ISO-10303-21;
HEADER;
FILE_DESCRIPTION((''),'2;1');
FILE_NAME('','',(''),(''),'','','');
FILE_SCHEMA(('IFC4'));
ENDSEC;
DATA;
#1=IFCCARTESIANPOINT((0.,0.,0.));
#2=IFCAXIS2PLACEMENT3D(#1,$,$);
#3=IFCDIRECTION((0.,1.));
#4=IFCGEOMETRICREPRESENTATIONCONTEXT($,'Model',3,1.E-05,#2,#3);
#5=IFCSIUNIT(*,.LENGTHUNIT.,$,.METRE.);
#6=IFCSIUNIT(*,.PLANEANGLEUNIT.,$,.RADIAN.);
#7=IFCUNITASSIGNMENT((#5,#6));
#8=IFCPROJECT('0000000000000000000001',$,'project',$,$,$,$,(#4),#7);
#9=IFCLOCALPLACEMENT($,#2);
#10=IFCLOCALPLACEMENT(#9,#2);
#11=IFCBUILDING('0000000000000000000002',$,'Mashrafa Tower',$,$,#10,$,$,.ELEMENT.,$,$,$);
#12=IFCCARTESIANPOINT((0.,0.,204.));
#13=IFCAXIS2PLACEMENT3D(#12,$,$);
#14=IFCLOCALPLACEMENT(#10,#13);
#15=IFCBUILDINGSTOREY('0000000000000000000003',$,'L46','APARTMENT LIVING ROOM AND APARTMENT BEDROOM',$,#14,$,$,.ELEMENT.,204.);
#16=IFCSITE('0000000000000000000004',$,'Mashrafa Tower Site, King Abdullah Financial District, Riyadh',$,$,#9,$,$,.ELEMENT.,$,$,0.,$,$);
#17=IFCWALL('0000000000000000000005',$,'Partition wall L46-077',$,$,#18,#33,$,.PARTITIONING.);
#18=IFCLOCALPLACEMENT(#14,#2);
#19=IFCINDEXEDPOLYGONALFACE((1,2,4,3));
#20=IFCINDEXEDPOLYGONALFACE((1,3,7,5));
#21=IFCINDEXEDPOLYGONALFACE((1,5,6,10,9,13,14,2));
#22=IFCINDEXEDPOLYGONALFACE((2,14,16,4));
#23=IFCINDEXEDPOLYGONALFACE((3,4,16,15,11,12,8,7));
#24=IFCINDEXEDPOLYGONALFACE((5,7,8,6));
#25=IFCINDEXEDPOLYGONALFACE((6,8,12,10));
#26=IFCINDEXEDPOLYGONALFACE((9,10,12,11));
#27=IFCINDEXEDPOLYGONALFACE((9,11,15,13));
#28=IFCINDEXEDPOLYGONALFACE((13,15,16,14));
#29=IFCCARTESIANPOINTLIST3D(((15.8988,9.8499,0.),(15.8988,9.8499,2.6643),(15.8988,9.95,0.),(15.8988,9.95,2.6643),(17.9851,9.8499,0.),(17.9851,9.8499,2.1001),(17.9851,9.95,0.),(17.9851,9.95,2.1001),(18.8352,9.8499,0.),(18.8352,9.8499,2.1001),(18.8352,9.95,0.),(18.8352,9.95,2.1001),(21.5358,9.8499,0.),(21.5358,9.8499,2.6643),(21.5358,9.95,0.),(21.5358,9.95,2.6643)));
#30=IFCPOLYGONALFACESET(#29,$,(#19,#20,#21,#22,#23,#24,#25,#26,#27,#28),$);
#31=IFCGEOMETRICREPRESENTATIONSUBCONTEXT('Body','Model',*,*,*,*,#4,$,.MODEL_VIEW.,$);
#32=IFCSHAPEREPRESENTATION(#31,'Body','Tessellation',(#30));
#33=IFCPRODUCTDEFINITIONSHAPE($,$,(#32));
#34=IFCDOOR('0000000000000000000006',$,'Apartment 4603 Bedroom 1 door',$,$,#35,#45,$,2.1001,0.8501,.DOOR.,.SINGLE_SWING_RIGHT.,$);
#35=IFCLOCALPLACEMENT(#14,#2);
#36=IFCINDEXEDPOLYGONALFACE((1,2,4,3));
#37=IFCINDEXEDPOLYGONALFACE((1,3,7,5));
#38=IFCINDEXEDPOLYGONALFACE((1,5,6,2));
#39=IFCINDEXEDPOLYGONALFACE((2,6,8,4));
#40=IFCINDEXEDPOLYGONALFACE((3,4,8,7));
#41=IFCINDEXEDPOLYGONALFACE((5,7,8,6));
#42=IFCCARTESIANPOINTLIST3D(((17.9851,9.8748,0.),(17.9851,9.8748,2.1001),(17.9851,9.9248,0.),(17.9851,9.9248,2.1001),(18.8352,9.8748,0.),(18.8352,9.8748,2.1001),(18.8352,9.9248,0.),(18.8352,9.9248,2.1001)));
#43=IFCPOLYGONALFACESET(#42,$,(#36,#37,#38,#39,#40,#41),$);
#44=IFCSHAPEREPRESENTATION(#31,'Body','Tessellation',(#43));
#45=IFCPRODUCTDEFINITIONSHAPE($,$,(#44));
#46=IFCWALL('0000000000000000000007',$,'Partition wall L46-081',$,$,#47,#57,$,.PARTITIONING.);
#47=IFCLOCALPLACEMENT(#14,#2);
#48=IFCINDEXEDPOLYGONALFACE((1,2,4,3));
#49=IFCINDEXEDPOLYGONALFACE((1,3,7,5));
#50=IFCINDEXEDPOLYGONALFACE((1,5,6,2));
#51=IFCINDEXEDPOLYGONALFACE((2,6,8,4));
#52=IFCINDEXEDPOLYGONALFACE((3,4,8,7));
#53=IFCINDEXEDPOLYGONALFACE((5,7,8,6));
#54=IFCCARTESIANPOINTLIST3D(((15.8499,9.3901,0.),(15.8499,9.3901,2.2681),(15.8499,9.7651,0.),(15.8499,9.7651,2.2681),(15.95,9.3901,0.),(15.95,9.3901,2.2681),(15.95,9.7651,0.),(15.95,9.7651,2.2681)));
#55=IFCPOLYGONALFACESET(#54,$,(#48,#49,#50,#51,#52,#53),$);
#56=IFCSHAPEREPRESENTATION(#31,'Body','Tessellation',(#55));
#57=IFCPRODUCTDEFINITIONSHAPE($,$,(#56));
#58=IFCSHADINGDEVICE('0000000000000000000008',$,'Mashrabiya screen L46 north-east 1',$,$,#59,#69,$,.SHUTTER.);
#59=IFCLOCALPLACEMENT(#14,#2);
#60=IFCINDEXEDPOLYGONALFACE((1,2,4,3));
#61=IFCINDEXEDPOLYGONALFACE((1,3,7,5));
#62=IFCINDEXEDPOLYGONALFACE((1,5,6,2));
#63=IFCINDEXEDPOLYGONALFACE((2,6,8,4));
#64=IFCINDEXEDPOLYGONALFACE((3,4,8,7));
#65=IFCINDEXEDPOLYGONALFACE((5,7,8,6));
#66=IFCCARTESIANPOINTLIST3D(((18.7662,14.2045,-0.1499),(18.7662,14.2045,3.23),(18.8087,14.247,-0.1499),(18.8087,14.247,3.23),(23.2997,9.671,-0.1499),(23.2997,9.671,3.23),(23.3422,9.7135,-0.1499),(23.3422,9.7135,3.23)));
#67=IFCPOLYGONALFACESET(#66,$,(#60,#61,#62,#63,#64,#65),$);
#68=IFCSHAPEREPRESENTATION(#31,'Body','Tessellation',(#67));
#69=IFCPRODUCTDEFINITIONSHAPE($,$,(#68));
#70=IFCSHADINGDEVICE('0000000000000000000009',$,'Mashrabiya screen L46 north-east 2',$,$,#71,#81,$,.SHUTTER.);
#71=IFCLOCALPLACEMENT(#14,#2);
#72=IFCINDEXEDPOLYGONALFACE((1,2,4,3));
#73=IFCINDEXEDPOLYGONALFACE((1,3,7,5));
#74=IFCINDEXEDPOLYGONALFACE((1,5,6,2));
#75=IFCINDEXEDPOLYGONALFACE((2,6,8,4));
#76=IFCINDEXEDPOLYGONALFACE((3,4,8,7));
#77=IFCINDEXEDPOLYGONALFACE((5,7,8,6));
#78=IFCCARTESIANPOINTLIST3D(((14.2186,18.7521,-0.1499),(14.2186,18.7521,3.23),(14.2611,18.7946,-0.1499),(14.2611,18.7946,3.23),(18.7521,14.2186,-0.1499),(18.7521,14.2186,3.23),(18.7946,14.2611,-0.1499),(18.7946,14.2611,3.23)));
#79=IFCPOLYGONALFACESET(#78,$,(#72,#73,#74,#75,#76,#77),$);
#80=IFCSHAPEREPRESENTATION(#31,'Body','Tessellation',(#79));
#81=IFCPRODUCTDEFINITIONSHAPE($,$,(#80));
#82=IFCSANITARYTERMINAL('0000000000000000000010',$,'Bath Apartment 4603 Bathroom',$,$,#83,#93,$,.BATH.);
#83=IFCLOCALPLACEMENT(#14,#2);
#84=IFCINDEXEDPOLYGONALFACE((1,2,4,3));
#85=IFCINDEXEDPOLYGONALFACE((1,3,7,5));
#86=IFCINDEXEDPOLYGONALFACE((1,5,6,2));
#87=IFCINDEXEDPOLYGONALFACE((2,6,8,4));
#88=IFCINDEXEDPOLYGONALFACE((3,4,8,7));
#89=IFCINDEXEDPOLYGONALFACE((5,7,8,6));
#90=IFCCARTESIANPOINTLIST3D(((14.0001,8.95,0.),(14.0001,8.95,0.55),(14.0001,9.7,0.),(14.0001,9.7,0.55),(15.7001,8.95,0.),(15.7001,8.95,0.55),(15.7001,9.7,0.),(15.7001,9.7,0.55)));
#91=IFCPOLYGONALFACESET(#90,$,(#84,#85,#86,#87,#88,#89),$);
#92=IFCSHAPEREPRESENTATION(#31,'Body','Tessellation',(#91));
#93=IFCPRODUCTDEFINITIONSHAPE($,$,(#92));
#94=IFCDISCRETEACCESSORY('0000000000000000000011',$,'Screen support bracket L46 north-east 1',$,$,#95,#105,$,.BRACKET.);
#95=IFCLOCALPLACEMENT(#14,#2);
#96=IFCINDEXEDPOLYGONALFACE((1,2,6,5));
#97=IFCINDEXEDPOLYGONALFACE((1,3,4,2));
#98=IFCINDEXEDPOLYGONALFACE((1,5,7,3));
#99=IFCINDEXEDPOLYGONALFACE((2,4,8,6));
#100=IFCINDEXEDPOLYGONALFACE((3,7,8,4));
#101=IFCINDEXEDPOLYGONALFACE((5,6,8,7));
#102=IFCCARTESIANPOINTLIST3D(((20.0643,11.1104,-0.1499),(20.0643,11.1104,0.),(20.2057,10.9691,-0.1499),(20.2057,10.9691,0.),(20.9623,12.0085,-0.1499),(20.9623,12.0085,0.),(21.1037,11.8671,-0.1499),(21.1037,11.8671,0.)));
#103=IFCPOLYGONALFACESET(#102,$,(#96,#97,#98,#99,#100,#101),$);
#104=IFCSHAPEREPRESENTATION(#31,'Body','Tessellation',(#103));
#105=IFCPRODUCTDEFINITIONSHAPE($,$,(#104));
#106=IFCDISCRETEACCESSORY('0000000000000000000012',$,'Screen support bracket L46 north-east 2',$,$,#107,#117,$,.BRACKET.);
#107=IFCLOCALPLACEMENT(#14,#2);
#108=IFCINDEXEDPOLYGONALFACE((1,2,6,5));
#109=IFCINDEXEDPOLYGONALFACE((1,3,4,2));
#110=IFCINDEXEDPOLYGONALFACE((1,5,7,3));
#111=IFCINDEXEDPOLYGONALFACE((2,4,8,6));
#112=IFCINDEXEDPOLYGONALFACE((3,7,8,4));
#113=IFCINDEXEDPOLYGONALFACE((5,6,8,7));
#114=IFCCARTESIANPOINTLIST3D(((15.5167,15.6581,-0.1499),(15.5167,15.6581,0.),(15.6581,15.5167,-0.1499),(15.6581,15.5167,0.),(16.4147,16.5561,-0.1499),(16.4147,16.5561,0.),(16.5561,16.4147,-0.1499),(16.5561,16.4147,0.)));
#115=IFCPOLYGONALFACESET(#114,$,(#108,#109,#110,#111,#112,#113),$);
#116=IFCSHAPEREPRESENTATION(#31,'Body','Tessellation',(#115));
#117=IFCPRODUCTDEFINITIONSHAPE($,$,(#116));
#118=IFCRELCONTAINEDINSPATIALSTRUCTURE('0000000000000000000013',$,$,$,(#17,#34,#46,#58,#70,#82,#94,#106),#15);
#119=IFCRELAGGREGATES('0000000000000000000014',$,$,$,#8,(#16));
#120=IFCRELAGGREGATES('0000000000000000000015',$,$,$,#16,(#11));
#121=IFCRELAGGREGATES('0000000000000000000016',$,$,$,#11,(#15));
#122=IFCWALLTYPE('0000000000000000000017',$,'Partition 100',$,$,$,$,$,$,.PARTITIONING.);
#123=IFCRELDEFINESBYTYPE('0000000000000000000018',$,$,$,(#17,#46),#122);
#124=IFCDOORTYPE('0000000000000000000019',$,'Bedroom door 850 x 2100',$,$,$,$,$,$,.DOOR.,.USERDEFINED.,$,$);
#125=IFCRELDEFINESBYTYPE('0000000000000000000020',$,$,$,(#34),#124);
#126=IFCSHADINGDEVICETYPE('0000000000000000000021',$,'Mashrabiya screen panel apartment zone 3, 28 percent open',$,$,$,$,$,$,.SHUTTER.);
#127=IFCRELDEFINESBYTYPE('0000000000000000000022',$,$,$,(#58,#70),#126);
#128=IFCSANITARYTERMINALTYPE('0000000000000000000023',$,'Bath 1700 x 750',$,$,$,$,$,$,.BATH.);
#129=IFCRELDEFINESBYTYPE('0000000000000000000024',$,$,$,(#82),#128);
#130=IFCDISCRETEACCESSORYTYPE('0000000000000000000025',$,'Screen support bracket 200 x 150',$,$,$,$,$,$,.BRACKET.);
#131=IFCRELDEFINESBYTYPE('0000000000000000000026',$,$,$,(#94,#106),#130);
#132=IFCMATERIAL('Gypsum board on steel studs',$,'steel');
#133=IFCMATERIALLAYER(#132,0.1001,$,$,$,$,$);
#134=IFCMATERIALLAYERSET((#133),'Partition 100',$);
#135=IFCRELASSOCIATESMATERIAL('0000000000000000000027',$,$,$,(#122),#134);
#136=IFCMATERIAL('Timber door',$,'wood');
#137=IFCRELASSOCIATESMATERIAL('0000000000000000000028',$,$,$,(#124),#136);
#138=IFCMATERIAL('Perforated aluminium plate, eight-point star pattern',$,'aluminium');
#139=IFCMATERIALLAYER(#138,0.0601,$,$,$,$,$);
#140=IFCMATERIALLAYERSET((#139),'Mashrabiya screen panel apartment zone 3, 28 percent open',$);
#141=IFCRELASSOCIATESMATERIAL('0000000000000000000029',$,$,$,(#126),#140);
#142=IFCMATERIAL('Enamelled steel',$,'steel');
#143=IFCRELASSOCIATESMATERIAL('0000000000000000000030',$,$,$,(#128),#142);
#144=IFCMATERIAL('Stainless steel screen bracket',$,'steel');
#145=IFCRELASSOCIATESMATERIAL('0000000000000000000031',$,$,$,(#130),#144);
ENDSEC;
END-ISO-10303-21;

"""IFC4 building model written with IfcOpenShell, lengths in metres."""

from ifc_helpers import new_model, si_unit, direction, frame, frame_2d, origin, origin_2d, place, context, subcontext, project, spatial, rectangle, extrude, source, transform, mapped, material, layer, layer_set, type_object, type_shapes, element, fill, save


model = new_model("IFC4")

# Units and contexts
model_context = context("Model", 3, precision=1e-05, world=origin(), true_north=direction((0.0, 1.0)))
body_context = subcontext(model_context, "Body", "Model", "MODEL_VIEW")
ifc_project = project(units=[si_unit("LENGTHUNIT", "METRE"), si_unit("PLANEANGLEUNIT", "RADIAN")], contexts=[model_context])

# Site, building, storey
site_placement = place(None, origin())
site = spatial("IfcSite", under=ifc_project, at=site_placement, Name="Mashrafa Tower Site, King Abdullah Financial District, Riyadh", CompositionType="ELEMENT", RefElevation=0.0)
building_placement = place(site_placement, origin())
building = spatial("IfcBuilding", under=site, at=building_placement, Name="Mashrafa Tower", CompositionType="ELEMENT")
storey_placement = place(building_placement, frame((0.0, 0.0, 204.0)))
storey = spatial("IfcBuildingStorey", under=building, at=storey_placement, Name="L46", Description="APARTMENT LIVING ROOM AND APARTMENT BEDROOM", CompositionType="ELEMENT", Elevation=204.0)

# Shared definitions
ifc_material_1 = material(Name="Gypsum board on steel studs", Category="steel")
ifc_layer_1 = layer(ifc_material_1, 0.1001)
ifc_layer_set_1 = layer_set([ifc_layer_1], Name="Partition 100")
wall_type_1 = type_object("IfcWallType", Name="Partition 100", PredefinedType="PARTITIONING", material=ifc_layer_set_1)

# Wall, opening, door
wall_1_placement = place(storey_placement, frame((15.8989, 9.8999, 0.0), z_axis=(0.0, 0.0, 1.0), x_axis=(1.0, 0.0, 0.0)))
wall_1 = element("IfcWall", 1, at=wall_1_placement, inside=storey, type_object=wall_type_1, Name="Partition wall L46-077", PredefinedType="PARTITIONING", context=body_context, shape_type="SweptSolid", body=[
    extrude(rectangle(XDim=5.637, YDim=0.1001, at=frame_2d((2.8184, 0.0))), origin(), (0.0, 0.0, 1.0), 2.6643),
])
opening_placement = place(wall_1_placement, frame((2.0862, 0.0, 0.0)))
opening = element("IfcOpeningElement", 2, at=opening_placement, cuts=wall_1, PredefinedType="OPENING", context=body_context, shape_type="SweptSolid", body=[
    extrude(rectangle(XDim=0.8501, YDim=2.1001, at=frame_2d((0.425, 1.05))), frame((0.0, 0.0601, 0.0), z_axis=(0.0, -1.0, 0.0), x_axis=(1.0, 0.0, 0.0)), (0.0, 0.0, 1.0), 0.1201),
])
ifc_material_2 = material(Name="Timber door", Category="wood")
door_type = type_object("IfcDoorType", Name="Bedroom door 850 x 2100", OperationType="USERDEFINED", PredefinedType="DOOR", material=ifc_material_2)
door_placement = place(opening_placement, origin())
door = element("IfcDoor", 3, at=door_placement, inside=storey, type_object=door_type, Name="Apartment 4603 Bedroom 1 door", OperationType="SINGLE_SWING_RIGHT", OverallHeight=2.1001, OverallWidth=0.8501, PredefinedType="DOOR", context=body_context, shape_type="SweptSolid", body=[
    extrude(rectangle(XDim=0.8501, YDim=2.1001, at=frame_2d((0.425, 1.05))), frame((0.0, 0.0249, 0.0), z_axis=(0.0, -1.0, 0.0), x_axis=(1.0, 0.0, 0.0)), (0.0, 0.0, 1.0), 0.05),
])
fill(opening, door)

# Wall
wall_2_placement = place(storey_placement, frame((15.8999, 9.3901, 0.0), z_axis=(0.0, 0.0, 1.0), x_axis=(0.0, 1.0, 0.0)))
element("IfcWall", 4, at=wall_2_placement, inside=storey, type_object=wall_type_1, Name="Partition wall L46-081", PredefinedType="PARTITIONING", context=body_context, shape_type="SweptSolid", body=[
    extrude(rectangle(XDim=0.375, YDim=0.1001, at=frame_2d((0.1875, 0.0))), origin(), (0.0, 0.0, 1.0), 2.2681),
])

# Shading devices
ifc_material_3 = material(Name="Perforated aluminium plate, eight-point star pattern", Category="aluminium")
ifc_layer_2 = layer(ifc_material_3, 0.0601)
ifc_layer_set_2 = layer_set([ifc_layer_2], Name="Mashrabiya screen panel apartment zone 3, 28 percent open")
shading_device_type = type_object("IfcShadingDeviceType", Name="Mashrabiya screen panel apartment zone 3, 28 percent open", PredefinedType="SHUTTER", material=ifc_layer_set_2)
shared_shape_1 = source(origin(), body_context, "Body", "SweptSolid", [
    extrude(rectangle(XDim=6.4114, YDim=0.0601, at=origin_2d()), origin(), (0.0, 0.0, 1.0), 3.3799),
])
type_shapes(shading_device_type, [shared_shape_1])
for number, where, z_axis, x_axis, name in (
    (5, (21.0542, 11.959, -0.1499), (0.0, 0.0, 1.0), (-0.707107, 0.707107, 0.0), "Mashrabiya screen L46 north-east 1"),
    (6, (16.5066, 16.5066, -0.1499), (0.0, 0.0, 1.0), (-0.707107, 0.707107, 0.0), "Mashrabiya screen L46 north-east 2"),
):
    element("IfcShadingDevice", number, at=place(storey_placement, frame(where, z_axis=z_axis, x_axis=x_axis)), inside=storey, type_object=shading_device_type, Name=name, PredefinedType="SHUTTER", context=body_context, shape_type="MappedRepresentation", body=[
        mapped(shared_shape_1, transform((0.0, 0.0, 0.0))),
    ])

# Sanitary terminal
ifc_material_4 = material(Name="Enamelled steel", Category="steel")
sanitary_terminal_type = type_object("IfcSanitaryTerminalType", Name="Bath 1700 x 750", PredefinedType="BATH", material=ifc_material_4)
sanitary_terminal_placement = place(storey_placement, frame((14.8501, 9.325, 0.0), z_axis=(0.0, 0.0, 1.0), x_axis=(-1.0, 0.0, 0.0)))
element("IfcSanitaryTerminal", 7, at=sanitary_terminal_placement, inside=storey, type_object=sanitary_terminal_type, Name="Bath Apartment 4603 Bathroom", PredefinedType="BATH", context=body_context, shape_type="SweptSolid", body=[
    extrude(rectangle(XDim=1.7, YDim=0.75, at=origin_2d()), origin(), (0.0, 0.0, 1.0), 0.55),
])

# Discrete accessories
ifc_material_5 = material(Name="Stainless steel screen bracket", Category="steel")
discrete_accessory_type = type_object("IfcDiscreteAccessoryType", Name="Screen support bracket 200 x 150", PredefinedType="BRACKET", material=ifc_material_5)
shared_shape_2 = source(origin(), body_context, "Body", "SweptSolid", [
    extrude(rectangle(XDim=0.2, YDim=1.27, at=origin_2d()), origin(), (0.0, 0.0, 1.0), 0.1499),
])
type_shapes(discrete_accessory_type, [shared_shape_2])
for number, where, z_axis, x_axis, name in (
    (8, (20.584, 11.4888, -0.1499), (0.0, 0.0, 1.0), (-0.707107, 0.707107, 0.0), "Screen support bracket L46 north-east 1"),
    (9, (16.0364, 16.0364, -0.1499), (0.0, 0.0, 1.0), (-0.707107, 0.707107, 0.0), "Screen support bracket L46 north-east 2"),
):
    element("IfcDiscreteAccessory", number, at=place(storey_placement, frame(where, z_axis=z_axis, x_axis=x_axis)), inside=storey, type_object=discrete_accessory_type, Name=name, PredefinedType="BRACKET", context=body_context, shape_type="MappedRepresentation", body=[
        mapped(shared_shape_2, transform((0.0, 0.0, 0.0))),
    ])

save(model, "model.ifc")
